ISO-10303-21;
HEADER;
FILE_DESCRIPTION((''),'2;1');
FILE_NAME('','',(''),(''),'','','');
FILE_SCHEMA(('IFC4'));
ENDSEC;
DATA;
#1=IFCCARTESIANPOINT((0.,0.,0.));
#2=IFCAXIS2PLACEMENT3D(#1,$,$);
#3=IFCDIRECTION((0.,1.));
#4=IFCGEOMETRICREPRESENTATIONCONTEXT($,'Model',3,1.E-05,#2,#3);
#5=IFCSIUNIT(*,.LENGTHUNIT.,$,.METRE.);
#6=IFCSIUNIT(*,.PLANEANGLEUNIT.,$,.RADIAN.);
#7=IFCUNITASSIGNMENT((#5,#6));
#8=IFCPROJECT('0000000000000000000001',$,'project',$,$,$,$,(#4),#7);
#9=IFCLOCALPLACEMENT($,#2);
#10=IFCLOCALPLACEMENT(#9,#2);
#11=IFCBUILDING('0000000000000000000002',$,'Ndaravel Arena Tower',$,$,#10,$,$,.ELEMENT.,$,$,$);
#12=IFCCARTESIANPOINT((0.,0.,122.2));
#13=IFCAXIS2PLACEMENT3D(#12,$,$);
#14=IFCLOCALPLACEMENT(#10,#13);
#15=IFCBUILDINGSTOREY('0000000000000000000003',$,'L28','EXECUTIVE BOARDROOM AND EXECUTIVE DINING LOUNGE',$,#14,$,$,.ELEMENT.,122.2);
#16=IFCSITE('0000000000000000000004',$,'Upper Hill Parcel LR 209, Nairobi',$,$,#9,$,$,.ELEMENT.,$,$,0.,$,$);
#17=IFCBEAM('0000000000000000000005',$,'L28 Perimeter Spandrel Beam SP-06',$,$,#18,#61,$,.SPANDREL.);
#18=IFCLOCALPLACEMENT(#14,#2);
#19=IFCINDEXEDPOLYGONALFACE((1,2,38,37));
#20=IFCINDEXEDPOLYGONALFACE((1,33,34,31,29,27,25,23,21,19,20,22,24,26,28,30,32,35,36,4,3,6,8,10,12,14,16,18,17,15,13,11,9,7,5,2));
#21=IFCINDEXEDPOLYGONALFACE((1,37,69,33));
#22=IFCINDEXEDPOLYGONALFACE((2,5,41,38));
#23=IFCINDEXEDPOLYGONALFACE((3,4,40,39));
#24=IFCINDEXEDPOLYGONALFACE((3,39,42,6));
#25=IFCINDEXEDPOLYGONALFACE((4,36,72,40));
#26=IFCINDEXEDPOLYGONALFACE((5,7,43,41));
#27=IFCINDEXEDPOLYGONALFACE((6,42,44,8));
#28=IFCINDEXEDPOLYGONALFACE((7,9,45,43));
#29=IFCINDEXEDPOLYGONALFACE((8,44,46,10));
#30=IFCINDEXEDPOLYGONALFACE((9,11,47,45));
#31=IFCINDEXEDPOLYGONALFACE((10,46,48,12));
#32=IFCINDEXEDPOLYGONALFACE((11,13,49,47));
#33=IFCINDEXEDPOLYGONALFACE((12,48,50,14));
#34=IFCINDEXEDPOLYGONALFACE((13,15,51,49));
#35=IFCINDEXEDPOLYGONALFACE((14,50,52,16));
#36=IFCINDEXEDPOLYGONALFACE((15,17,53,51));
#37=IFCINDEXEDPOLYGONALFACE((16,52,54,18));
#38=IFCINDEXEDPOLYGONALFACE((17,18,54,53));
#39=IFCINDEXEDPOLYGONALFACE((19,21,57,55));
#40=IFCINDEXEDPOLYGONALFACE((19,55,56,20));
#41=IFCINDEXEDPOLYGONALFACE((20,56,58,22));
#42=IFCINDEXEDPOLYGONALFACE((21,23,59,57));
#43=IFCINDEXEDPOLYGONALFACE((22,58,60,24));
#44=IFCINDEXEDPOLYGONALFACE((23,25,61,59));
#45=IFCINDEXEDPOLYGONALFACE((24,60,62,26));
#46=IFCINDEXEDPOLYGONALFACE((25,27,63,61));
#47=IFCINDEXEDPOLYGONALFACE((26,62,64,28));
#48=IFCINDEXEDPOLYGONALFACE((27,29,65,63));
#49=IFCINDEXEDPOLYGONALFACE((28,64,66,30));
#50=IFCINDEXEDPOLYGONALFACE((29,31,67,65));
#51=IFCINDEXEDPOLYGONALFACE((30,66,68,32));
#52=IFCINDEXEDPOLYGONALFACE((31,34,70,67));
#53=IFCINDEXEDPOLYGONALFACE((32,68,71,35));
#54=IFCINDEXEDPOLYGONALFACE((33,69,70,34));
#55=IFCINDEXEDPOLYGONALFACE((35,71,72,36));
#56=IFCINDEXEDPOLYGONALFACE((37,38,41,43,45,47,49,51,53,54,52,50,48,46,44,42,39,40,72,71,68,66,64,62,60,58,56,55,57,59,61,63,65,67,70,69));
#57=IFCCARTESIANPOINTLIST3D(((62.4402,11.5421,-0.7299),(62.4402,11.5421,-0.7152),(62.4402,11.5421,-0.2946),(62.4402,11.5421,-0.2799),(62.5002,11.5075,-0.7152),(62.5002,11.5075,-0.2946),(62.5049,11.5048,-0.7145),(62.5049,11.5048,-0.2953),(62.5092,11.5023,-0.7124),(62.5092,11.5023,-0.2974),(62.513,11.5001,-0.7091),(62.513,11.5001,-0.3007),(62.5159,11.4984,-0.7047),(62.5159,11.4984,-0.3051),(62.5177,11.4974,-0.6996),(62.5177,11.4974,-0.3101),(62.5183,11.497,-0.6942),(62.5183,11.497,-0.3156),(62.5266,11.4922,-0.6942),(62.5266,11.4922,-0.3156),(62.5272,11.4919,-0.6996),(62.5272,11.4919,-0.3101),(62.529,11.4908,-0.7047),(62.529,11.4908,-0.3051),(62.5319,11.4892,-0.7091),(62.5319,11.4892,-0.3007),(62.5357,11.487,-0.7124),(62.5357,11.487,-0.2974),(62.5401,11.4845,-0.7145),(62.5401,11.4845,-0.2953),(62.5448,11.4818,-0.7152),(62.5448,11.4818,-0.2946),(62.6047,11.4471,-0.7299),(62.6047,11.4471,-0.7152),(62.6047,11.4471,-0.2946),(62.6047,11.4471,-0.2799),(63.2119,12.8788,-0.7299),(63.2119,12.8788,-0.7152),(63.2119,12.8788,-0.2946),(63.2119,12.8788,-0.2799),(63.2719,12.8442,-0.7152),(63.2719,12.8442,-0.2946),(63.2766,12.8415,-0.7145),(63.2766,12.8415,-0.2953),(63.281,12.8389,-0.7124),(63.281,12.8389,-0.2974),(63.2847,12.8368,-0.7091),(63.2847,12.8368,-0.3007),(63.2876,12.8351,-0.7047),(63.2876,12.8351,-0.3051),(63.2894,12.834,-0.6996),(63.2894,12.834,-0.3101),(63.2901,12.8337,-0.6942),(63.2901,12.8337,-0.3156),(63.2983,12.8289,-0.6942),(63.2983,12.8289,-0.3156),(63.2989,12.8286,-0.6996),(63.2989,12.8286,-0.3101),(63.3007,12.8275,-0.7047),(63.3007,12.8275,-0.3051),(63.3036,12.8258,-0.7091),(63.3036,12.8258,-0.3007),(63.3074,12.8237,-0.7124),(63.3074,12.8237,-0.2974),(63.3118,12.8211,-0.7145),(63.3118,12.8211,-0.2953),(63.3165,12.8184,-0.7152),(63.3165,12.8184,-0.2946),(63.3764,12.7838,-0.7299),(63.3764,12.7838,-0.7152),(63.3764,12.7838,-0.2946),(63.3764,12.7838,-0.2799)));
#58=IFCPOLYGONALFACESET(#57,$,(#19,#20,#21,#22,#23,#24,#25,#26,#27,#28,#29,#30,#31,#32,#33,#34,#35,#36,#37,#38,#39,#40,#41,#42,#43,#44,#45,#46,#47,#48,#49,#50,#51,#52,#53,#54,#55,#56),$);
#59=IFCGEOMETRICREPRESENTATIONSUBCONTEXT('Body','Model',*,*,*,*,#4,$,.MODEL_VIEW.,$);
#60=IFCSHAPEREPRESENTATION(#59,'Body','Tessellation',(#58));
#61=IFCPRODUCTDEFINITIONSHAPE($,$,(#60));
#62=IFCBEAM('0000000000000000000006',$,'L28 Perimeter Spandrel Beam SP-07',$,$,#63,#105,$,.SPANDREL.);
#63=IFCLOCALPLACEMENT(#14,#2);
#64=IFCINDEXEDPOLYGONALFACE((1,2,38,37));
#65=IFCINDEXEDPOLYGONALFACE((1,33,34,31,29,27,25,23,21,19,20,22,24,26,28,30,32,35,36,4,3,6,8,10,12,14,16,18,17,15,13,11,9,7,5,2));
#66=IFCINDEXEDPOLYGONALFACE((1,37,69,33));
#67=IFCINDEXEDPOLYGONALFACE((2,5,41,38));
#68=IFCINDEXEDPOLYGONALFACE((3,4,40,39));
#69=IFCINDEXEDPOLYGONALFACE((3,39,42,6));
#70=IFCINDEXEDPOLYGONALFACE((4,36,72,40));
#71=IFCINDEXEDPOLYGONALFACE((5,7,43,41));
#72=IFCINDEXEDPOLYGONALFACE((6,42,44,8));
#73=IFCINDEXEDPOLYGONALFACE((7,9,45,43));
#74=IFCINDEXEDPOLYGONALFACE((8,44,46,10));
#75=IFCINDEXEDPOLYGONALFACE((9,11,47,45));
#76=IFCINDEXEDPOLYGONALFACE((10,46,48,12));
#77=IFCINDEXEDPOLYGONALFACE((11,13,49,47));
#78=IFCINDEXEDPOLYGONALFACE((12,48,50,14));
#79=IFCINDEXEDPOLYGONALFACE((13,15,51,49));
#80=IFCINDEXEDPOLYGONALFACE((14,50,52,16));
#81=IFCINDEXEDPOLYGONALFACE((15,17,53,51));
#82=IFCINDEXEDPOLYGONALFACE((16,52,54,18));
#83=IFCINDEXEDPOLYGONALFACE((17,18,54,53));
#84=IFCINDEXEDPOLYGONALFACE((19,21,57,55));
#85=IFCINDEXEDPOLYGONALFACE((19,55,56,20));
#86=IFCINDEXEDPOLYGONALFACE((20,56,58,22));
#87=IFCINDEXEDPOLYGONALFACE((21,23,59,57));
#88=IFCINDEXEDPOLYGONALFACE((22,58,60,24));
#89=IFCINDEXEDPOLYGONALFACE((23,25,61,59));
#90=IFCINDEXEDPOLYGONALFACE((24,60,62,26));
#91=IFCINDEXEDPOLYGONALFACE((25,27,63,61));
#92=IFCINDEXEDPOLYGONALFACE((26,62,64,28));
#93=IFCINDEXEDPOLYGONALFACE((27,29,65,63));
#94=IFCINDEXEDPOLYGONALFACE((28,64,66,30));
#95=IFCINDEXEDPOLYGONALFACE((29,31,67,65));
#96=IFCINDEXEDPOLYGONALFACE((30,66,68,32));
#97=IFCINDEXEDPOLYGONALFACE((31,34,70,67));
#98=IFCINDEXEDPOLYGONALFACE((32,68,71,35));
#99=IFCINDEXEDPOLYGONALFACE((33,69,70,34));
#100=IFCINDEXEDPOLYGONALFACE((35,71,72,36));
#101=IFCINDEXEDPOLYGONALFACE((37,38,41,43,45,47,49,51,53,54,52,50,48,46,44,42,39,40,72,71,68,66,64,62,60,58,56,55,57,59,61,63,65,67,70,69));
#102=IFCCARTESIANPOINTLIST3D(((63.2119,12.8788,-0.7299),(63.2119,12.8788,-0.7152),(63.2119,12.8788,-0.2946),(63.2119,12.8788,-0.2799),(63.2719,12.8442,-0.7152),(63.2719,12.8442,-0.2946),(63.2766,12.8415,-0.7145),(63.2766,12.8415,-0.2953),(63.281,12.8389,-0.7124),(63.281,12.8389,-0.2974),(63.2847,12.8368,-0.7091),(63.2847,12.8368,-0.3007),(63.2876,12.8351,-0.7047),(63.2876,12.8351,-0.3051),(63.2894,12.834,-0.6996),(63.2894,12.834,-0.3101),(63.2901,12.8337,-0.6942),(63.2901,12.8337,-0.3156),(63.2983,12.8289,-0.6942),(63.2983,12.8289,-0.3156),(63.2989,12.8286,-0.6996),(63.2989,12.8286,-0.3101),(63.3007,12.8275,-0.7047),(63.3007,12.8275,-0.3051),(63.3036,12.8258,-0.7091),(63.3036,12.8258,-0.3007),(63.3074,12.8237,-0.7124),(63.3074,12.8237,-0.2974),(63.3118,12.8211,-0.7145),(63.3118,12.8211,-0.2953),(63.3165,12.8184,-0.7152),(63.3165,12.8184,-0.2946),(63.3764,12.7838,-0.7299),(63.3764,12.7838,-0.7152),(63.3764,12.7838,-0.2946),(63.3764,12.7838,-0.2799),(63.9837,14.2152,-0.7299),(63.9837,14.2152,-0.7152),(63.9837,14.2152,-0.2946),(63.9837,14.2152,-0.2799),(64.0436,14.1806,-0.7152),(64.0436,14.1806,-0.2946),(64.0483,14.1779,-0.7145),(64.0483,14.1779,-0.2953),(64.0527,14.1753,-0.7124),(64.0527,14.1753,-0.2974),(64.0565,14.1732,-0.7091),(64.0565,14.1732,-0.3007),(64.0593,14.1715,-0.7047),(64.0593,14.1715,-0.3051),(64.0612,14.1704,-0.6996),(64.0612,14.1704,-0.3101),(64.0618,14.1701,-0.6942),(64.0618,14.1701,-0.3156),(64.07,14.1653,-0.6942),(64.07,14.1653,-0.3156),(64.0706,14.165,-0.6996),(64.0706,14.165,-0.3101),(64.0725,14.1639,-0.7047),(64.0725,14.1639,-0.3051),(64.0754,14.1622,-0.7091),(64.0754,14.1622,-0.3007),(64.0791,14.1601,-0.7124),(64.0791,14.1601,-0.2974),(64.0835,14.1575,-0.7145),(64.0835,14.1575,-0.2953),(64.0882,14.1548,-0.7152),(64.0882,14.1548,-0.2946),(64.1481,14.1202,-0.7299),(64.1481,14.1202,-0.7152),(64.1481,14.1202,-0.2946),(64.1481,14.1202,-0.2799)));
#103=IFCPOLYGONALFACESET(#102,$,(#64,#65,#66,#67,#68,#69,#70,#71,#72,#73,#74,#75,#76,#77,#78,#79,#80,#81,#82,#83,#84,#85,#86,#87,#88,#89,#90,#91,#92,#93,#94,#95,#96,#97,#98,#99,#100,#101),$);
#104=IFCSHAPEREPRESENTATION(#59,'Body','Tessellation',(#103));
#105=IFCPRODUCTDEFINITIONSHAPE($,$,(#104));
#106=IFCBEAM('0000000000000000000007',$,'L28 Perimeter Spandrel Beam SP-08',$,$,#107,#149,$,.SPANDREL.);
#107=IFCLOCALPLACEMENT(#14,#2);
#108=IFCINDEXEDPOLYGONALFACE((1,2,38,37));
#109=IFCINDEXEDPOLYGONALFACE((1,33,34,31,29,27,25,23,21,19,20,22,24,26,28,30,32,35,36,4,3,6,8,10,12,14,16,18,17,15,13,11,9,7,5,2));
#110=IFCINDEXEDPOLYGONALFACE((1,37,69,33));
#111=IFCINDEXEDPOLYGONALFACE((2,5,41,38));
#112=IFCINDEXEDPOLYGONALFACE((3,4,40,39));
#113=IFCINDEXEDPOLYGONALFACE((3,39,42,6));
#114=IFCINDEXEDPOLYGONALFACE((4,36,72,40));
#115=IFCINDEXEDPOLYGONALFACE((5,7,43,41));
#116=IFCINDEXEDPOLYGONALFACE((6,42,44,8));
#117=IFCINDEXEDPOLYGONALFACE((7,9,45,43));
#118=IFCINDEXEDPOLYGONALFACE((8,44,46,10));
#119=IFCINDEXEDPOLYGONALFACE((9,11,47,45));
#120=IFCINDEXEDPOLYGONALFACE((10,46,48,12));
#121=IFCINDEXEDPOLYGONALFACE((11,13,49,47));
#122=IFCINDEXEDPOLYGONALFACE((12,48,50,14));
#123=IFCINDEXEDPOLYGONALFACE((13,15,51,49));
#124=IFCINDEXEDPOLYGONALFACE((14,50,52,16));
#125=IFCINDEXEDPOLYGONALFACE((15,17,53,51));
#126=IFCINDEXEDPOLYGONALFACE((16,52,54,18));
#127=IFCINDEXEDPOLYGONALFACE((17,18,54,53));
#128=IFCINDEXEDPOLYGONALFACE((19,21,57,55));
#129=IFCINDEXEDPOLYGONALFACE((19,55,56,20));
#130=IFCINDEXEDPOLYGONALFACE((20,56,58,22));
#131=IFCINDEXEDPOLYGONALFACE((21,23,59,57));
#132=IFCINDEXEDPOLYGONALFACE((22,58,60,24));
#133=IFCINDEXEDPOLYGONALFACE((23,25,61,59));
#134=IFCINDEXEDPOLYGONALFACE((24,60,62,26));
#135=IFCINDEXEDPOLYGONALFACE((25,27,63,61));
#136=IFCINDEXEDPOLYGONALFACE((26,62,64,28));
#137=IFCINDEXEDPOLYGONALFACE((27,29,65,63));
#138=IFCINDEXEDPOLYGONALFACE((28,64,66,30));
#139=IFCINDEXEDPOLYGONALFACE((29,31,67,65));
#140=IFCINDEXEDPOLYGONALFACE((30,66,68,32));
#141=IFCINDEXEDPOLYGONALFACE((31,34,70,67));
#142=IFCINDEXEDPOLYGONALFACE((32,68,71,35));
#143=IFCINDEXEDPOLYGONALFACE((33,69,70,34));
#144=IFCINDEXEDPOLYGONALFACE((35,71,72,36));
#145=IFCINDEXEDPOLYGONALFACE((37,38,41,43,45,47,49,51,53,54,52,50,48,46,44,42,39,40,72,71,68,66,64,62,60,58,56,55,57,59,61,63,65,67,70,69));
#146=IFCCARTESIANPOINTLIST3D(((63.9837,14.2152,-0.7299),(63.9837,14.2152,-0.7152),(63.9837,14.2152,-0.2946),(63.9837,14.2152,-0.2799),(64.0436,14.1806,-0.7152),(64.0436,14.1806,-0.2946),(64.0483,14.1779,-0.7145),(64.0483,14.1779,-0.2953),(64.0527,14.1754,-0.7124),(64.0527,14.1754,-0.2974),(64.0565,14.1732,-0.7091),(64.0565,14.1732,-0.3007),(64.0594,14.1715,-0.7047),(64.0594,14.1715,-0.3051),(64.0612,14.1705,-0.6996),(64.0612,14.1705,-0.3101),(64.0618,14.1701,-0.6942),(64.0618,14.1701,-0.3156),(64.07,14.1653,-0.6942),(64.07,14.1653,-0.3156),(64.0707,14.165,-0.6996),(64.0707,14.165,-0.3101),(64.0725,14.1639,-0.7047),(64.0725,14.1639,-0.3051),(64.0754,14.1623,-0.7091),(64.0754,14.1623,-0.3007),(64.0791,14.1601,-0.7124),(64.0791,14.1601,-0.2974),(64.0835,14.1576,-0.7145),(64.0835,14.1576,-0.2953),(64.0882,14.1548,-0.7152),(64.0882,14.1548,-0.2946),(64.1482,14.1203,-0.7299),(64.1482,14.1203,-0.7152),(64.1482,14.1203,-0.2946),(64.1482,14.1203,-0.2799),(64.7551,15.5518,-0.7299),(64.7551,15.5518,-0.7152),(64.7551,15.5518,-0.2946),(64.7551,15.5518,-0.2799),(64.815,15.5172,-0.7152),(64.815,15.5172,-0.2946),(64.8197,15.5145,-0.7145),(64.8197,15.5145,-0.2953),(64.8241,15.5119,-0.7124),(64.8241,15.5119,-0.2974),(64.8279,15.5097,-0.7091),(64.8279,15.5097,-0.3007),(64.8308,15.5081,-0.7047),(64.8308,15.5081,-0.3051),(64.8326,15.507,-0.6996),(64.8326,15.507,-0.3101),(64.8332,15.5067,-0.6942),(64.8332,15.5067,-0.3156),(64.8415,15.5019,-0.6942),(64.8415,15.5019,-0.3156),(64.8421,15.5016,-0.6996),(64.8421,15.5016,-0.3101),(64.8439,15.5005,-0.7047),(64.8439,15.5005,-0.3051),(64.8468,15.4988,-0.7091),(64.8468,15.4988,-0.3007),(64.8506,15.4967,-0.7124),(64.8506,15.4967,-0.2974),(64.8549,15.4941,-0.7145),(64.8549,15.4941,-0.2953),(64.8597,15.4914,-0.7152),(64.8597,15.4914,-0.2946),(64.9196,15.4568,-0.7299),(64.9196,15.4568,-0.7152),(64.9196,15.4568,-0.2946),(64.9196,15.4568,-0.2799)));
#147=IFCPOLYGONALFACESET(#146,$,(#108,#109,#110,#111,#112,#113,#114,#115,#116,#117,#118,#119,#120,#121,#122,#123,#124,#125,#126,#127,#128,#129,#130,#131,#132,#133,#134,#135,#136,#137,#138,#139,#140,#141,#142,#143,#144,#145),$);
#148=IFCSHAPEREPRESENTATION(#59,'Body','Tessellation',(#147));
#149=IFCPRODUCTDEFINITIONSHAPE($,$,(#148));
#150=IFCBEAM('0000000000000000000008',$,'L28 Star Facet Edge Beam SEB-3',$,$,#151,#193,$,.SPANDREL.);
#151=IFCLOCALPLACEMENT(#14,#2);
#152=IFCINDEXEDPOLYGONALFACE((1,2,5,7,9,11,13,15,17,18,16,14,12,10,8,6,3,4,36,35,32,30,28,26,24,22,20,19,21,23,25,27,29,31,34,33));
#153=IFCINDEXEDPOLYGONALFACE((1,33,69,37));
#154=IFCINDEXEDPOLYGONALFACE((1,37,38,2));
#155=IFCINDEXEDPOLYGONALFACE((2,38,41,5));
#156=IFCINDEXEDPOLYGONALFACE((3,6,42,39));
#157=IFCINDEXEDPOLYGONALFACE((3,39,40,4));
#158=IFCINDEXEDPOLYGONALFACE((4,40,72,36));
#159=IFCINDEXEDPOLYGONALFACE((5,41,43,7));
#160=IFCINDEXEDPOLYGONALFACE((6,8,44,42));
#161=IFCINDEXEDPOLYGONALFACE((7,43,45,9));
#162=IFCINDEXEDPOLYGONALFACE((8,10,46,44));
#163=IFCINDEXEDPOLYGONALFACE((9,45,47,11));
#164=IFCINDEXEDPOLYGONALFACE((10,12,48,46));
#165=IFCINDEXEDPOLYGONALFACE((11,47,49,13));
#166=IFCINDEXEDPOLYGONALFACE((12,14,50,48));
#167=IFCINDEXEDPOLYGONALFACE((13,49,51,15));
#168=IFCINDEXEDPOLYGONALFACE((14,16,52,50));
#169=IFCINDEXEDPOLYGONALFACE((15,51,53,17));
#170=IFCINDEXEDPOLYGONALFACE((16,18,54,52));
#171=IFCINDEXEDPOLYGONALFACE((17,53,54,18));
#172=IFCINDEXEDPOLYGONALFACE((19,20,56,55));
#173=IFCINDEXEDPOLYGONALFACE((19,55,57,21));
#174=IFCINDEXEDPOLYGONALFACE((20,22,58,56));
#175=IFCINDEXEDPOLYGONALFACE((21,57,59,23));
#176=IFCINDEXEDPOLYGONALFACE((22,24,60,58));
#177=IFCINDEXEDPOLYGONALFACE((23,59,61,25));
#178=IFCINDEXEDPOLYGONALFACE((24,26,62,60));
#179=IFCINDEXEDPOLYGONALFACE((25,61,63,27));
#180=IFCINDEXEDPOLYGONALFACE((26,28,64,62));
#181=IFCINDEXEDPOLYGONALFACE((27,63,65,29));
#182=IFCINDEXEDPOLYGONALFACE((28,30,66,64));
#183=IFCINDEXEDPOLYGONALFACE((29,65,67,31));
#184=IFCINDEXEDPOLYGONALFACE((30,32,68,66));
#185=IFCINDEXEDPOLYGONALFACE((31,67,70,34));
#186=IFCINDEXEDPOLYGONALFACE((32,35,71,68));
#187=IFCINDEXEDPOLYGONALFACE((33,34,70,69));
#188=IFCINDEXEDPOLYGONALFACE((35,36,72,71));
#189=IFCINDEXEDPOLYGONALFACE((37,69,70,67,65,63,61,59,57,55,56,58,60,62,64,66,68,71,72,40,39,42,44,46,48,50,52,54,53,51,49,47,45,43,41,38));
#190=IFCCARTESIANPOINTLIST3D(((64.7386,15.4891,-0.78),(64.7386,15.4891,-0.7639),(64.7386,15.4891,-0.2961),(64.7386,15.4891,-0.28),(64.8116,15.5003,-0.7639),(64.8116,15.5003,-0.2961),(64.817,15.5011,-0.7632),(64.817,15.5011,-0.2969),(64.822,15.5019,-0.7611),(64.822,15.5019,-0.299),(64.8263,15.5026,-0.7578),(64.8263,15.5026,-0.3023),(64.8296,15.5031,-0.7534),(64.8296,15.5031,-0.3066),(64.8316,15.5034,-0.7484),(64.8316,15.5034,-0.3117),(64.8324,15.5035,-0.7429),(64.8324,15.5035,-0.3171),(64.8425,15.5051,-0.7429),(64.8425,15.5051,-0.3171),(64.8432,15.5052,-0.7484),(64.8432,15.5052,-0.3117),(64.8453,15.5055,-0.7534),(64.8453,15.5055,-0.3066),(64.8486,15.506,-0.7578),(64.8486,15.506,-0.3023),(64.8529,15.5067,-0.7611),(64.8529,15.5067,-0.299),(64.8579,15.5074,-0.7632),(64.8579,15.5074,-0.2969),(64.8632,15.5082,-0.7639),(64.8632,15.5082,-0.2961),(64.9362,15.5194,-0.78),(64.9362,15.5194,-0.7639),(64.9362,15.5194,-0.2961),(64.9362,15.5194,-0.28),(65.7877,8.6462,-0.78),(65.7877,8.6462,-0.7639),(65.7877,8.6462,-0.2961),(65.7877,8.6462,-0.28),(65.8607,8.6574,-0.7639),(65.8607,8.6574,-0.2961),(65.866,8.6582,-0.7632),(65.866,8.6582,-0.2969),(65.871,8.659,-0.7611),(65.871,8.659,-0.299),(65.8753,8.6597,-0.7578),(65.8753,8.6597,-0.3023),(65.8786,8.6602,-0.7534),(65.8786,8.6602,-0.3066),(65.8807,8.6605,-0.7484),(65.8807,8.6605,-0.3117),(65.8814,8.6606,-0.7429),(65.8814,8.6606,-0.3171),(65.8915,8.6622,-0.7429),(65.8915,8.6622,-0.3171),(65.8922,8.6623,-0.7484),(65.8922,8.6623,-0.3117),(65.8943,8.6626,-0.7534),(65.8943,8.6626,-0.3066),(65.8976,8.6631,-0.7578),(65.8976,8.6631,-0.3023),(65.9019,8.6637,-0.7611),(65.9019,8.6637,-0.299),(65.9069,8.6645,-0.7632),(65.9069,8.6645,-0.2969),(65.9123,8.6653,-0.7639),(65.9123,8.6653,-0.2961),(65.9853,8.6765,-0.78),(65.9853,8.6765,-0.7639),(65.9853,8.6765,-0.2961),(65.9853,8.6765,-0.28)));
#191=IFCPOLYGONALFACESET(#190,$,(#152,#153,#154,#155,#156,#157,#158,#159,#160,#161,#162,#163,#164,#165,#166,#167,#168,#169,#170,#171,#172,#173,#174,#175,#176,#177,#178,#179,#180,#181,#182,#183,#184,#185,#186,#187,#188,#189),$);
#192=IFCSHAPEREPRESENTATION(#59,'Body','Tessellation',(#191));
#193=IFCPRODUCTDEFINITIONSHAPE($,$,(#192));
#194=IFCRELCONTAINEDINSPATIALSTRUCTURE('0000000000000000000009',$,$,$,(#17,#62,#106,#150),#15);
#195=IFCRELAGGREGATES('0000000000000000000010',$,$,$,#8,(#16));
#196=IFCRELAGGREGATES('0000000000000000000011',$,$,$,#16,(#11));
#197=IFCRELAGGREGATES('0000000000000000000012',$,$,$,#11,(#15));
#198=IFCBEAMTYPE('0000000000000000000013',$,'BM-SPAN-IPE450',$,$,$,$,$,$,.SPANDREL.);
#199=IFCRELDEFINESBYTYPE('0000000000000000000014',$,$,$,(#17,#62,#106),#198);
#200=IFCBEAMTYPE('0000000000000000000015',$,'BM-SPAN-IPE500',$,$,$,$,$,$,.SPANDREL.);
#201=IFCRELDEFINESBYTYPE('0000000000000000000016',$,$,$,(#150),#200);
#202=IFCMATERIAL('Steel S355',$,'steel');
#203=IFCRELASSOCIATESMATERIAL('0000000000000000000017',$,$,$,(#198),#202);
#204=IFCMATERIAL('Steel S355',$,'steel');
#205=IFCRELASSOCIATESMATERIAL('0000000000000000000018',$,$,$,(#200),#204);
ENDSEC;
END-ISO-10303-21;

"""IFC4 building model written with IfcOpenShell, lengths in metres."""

from ifc_helpers import new_model, si_unit, direction, frame, origin, origin_2d, place, context, subcontext, project, spatial, i_section, extrude, material, material_profile, profile_set, type_object, element, save


model = new_model("IFC4")

# Units and contexts
model_context = context("Model", 3, precision=1e-05, world=origin(), true_north=direction((0.0, 1.0)))
body_context = subcontext(model_context, "Body", "Model", "MODEL_VIEW")
ifc_project = project(units=[si_unit("LENGTHUNIT", "METRE"), si_unit("PLANEANGLEUNIT", "RADIAN")], contexts=[model_context])

# Site, building, storey
site_placement = place(None, origin())
site = spatial("IfcSite", under=ifc_project, at=site_placement, Name="Upper Hill Parcel LR 209, Nairobi", CompositionType="ELEMENT", RefElevation=0.0)
building_placement = place(site_placement, origin())
building = spatial("IfcBuilding", under=site, at=building_placement, Name="Ndaravel Arena Tower", CompositionType="ELEMENT")
storey_placement = place(building_placement, frame((0.0, 0.0, 122.2)))
storey = spatial("IfcBuildingStorey", under=building, at=storey_placement, Name="L28", Description="EXECUTIVE BOARDROOM AND EXECUTIVE DINING LOUNGE", CompositionType="ELEMENT", Elevation=122.2)

# Beams
ifc_material_1 = material(Name="Steel S355", Category="steel")
ifc_material_profile_1 = material_profile(ifc_material_1, i_section(OverallWidth=0.1899, OverallDepth=0.45, WebThickness=0.0095, FlangeThickness=0.0146, FilletRadius=0.021, at=origin_2d()), Name="IPE 450")
ifc_profile_set_1 = profile_set([ifc_material_profile_1], Name="Steel S355")
beam_type_1 = type_object("IfcBeamType", Name="BM-SPAN-IPE450", PredefinedType="SPANDREL", material=ifc_profile_set_1)
for number, where, z_axis, x_axis, name in (
    (1, (62.5225, 11.4946, -0.5049), (0.500001, 0.866025, 0.0), (-0.866025, 0.500001, 0.0), "L28 Perimeter Spandrel Beam SP-06"),
):
    element("IfcBeam", number, at=place(storey_placement, frame(where, z_axis=z_axis, x_axis=x_axis)), inside=storey, type_object=beam_type_1, Name=name, PredefinedType="SPANDREL", context=body_context, shape_type="SweptSolid", body=[
        extrude(i_section(OverallWidth=0.1899, OverallDepth=0.45, WebThickness=0.0095, FlangeThickness=0.0146, FilletRadius=0.021, at=origin_2d()), origin(), (0.0, 0.0, 1.0), 1.5435),
    ])
for number, where, z_axis, x_axis, name in (
    (2, (63.2942, 12.8313, -0.5049), (0.500069, 0.865985, 0.0), (-0.865985, 0.500069, 0.0), "L28 Perimeter Spandrel Beam SP-07"),
    (3, (64.0659, 14.1677, -0.5049), (0.499882, 0.866093, 0.0), (-0.866093, 0.499882, 0.0), "L28 Perimeter Spandrel Beam SP-08"),
):
    element("IfcBeam", number, at=place(storey_placement, frame(where, z_axis=z_axis, x_axis=x_axis)), inside=storey, type_object=beam_type_1, Name=name, PredefinedType="SPANDREL", context=body_context, shape_type="SweptSolid", body=[
        extrude(i_section(OverallWidth=0.1899, OverallDepth=0.45, WebThickness=0.0095, FlangeThickness=0.0146, FilletRadius=0.021, at=origin_2d()), origin(), (0.0, 0.0, 1.0), 1.5432),
    ])
ifc_material_2 = material(Name="Steel S355", Category="steel")
ifc_material_profile_2 = material_profile(ifc_material_2, i_section(OverallWidth=0.2, OverallDepth=0.5, WebThickness=0.0103, FlangeThickness=0.0161, FilletRadius=0.021, at=origin_2d()), Name="IPE 500")
ifc_profile_set_2 = profile_set([ifc_material_profile_2], Name="Steel S355")
beam_type_2 = type_object("IfcBeamType", Name="BM-SPAN-IPE500", PredefinedType="SPANDREL", material=ifc_profile_set_2)
beam_1_placement = place(storey_placement, frame((65.8865, 8.6614, -0.53), z_axis=(-0.151535, 0.988452, 0.0), x_axis=(-0.988452, -0.151535, 0.0)))
element("IfcBeam", 4, at=beam_1_placement, inside=storey, type_object=beam_type_2, Name="L28 Star Facet Edge Beam SEB-3", PredefinedType="SPANDREL", context=body_context, shape_type="SweptSolid", body=[
    extrude(i_section(OverallWidth=0.2, OverallDepth=0.5, WebThickness=0.0103, FlangeThickness=0.0161, FilletRadius=0.021, at=origin_2d()), origin(), (0.0, 0.0, 1.0), 6.9229),
])

save(model, "model.ifc")
